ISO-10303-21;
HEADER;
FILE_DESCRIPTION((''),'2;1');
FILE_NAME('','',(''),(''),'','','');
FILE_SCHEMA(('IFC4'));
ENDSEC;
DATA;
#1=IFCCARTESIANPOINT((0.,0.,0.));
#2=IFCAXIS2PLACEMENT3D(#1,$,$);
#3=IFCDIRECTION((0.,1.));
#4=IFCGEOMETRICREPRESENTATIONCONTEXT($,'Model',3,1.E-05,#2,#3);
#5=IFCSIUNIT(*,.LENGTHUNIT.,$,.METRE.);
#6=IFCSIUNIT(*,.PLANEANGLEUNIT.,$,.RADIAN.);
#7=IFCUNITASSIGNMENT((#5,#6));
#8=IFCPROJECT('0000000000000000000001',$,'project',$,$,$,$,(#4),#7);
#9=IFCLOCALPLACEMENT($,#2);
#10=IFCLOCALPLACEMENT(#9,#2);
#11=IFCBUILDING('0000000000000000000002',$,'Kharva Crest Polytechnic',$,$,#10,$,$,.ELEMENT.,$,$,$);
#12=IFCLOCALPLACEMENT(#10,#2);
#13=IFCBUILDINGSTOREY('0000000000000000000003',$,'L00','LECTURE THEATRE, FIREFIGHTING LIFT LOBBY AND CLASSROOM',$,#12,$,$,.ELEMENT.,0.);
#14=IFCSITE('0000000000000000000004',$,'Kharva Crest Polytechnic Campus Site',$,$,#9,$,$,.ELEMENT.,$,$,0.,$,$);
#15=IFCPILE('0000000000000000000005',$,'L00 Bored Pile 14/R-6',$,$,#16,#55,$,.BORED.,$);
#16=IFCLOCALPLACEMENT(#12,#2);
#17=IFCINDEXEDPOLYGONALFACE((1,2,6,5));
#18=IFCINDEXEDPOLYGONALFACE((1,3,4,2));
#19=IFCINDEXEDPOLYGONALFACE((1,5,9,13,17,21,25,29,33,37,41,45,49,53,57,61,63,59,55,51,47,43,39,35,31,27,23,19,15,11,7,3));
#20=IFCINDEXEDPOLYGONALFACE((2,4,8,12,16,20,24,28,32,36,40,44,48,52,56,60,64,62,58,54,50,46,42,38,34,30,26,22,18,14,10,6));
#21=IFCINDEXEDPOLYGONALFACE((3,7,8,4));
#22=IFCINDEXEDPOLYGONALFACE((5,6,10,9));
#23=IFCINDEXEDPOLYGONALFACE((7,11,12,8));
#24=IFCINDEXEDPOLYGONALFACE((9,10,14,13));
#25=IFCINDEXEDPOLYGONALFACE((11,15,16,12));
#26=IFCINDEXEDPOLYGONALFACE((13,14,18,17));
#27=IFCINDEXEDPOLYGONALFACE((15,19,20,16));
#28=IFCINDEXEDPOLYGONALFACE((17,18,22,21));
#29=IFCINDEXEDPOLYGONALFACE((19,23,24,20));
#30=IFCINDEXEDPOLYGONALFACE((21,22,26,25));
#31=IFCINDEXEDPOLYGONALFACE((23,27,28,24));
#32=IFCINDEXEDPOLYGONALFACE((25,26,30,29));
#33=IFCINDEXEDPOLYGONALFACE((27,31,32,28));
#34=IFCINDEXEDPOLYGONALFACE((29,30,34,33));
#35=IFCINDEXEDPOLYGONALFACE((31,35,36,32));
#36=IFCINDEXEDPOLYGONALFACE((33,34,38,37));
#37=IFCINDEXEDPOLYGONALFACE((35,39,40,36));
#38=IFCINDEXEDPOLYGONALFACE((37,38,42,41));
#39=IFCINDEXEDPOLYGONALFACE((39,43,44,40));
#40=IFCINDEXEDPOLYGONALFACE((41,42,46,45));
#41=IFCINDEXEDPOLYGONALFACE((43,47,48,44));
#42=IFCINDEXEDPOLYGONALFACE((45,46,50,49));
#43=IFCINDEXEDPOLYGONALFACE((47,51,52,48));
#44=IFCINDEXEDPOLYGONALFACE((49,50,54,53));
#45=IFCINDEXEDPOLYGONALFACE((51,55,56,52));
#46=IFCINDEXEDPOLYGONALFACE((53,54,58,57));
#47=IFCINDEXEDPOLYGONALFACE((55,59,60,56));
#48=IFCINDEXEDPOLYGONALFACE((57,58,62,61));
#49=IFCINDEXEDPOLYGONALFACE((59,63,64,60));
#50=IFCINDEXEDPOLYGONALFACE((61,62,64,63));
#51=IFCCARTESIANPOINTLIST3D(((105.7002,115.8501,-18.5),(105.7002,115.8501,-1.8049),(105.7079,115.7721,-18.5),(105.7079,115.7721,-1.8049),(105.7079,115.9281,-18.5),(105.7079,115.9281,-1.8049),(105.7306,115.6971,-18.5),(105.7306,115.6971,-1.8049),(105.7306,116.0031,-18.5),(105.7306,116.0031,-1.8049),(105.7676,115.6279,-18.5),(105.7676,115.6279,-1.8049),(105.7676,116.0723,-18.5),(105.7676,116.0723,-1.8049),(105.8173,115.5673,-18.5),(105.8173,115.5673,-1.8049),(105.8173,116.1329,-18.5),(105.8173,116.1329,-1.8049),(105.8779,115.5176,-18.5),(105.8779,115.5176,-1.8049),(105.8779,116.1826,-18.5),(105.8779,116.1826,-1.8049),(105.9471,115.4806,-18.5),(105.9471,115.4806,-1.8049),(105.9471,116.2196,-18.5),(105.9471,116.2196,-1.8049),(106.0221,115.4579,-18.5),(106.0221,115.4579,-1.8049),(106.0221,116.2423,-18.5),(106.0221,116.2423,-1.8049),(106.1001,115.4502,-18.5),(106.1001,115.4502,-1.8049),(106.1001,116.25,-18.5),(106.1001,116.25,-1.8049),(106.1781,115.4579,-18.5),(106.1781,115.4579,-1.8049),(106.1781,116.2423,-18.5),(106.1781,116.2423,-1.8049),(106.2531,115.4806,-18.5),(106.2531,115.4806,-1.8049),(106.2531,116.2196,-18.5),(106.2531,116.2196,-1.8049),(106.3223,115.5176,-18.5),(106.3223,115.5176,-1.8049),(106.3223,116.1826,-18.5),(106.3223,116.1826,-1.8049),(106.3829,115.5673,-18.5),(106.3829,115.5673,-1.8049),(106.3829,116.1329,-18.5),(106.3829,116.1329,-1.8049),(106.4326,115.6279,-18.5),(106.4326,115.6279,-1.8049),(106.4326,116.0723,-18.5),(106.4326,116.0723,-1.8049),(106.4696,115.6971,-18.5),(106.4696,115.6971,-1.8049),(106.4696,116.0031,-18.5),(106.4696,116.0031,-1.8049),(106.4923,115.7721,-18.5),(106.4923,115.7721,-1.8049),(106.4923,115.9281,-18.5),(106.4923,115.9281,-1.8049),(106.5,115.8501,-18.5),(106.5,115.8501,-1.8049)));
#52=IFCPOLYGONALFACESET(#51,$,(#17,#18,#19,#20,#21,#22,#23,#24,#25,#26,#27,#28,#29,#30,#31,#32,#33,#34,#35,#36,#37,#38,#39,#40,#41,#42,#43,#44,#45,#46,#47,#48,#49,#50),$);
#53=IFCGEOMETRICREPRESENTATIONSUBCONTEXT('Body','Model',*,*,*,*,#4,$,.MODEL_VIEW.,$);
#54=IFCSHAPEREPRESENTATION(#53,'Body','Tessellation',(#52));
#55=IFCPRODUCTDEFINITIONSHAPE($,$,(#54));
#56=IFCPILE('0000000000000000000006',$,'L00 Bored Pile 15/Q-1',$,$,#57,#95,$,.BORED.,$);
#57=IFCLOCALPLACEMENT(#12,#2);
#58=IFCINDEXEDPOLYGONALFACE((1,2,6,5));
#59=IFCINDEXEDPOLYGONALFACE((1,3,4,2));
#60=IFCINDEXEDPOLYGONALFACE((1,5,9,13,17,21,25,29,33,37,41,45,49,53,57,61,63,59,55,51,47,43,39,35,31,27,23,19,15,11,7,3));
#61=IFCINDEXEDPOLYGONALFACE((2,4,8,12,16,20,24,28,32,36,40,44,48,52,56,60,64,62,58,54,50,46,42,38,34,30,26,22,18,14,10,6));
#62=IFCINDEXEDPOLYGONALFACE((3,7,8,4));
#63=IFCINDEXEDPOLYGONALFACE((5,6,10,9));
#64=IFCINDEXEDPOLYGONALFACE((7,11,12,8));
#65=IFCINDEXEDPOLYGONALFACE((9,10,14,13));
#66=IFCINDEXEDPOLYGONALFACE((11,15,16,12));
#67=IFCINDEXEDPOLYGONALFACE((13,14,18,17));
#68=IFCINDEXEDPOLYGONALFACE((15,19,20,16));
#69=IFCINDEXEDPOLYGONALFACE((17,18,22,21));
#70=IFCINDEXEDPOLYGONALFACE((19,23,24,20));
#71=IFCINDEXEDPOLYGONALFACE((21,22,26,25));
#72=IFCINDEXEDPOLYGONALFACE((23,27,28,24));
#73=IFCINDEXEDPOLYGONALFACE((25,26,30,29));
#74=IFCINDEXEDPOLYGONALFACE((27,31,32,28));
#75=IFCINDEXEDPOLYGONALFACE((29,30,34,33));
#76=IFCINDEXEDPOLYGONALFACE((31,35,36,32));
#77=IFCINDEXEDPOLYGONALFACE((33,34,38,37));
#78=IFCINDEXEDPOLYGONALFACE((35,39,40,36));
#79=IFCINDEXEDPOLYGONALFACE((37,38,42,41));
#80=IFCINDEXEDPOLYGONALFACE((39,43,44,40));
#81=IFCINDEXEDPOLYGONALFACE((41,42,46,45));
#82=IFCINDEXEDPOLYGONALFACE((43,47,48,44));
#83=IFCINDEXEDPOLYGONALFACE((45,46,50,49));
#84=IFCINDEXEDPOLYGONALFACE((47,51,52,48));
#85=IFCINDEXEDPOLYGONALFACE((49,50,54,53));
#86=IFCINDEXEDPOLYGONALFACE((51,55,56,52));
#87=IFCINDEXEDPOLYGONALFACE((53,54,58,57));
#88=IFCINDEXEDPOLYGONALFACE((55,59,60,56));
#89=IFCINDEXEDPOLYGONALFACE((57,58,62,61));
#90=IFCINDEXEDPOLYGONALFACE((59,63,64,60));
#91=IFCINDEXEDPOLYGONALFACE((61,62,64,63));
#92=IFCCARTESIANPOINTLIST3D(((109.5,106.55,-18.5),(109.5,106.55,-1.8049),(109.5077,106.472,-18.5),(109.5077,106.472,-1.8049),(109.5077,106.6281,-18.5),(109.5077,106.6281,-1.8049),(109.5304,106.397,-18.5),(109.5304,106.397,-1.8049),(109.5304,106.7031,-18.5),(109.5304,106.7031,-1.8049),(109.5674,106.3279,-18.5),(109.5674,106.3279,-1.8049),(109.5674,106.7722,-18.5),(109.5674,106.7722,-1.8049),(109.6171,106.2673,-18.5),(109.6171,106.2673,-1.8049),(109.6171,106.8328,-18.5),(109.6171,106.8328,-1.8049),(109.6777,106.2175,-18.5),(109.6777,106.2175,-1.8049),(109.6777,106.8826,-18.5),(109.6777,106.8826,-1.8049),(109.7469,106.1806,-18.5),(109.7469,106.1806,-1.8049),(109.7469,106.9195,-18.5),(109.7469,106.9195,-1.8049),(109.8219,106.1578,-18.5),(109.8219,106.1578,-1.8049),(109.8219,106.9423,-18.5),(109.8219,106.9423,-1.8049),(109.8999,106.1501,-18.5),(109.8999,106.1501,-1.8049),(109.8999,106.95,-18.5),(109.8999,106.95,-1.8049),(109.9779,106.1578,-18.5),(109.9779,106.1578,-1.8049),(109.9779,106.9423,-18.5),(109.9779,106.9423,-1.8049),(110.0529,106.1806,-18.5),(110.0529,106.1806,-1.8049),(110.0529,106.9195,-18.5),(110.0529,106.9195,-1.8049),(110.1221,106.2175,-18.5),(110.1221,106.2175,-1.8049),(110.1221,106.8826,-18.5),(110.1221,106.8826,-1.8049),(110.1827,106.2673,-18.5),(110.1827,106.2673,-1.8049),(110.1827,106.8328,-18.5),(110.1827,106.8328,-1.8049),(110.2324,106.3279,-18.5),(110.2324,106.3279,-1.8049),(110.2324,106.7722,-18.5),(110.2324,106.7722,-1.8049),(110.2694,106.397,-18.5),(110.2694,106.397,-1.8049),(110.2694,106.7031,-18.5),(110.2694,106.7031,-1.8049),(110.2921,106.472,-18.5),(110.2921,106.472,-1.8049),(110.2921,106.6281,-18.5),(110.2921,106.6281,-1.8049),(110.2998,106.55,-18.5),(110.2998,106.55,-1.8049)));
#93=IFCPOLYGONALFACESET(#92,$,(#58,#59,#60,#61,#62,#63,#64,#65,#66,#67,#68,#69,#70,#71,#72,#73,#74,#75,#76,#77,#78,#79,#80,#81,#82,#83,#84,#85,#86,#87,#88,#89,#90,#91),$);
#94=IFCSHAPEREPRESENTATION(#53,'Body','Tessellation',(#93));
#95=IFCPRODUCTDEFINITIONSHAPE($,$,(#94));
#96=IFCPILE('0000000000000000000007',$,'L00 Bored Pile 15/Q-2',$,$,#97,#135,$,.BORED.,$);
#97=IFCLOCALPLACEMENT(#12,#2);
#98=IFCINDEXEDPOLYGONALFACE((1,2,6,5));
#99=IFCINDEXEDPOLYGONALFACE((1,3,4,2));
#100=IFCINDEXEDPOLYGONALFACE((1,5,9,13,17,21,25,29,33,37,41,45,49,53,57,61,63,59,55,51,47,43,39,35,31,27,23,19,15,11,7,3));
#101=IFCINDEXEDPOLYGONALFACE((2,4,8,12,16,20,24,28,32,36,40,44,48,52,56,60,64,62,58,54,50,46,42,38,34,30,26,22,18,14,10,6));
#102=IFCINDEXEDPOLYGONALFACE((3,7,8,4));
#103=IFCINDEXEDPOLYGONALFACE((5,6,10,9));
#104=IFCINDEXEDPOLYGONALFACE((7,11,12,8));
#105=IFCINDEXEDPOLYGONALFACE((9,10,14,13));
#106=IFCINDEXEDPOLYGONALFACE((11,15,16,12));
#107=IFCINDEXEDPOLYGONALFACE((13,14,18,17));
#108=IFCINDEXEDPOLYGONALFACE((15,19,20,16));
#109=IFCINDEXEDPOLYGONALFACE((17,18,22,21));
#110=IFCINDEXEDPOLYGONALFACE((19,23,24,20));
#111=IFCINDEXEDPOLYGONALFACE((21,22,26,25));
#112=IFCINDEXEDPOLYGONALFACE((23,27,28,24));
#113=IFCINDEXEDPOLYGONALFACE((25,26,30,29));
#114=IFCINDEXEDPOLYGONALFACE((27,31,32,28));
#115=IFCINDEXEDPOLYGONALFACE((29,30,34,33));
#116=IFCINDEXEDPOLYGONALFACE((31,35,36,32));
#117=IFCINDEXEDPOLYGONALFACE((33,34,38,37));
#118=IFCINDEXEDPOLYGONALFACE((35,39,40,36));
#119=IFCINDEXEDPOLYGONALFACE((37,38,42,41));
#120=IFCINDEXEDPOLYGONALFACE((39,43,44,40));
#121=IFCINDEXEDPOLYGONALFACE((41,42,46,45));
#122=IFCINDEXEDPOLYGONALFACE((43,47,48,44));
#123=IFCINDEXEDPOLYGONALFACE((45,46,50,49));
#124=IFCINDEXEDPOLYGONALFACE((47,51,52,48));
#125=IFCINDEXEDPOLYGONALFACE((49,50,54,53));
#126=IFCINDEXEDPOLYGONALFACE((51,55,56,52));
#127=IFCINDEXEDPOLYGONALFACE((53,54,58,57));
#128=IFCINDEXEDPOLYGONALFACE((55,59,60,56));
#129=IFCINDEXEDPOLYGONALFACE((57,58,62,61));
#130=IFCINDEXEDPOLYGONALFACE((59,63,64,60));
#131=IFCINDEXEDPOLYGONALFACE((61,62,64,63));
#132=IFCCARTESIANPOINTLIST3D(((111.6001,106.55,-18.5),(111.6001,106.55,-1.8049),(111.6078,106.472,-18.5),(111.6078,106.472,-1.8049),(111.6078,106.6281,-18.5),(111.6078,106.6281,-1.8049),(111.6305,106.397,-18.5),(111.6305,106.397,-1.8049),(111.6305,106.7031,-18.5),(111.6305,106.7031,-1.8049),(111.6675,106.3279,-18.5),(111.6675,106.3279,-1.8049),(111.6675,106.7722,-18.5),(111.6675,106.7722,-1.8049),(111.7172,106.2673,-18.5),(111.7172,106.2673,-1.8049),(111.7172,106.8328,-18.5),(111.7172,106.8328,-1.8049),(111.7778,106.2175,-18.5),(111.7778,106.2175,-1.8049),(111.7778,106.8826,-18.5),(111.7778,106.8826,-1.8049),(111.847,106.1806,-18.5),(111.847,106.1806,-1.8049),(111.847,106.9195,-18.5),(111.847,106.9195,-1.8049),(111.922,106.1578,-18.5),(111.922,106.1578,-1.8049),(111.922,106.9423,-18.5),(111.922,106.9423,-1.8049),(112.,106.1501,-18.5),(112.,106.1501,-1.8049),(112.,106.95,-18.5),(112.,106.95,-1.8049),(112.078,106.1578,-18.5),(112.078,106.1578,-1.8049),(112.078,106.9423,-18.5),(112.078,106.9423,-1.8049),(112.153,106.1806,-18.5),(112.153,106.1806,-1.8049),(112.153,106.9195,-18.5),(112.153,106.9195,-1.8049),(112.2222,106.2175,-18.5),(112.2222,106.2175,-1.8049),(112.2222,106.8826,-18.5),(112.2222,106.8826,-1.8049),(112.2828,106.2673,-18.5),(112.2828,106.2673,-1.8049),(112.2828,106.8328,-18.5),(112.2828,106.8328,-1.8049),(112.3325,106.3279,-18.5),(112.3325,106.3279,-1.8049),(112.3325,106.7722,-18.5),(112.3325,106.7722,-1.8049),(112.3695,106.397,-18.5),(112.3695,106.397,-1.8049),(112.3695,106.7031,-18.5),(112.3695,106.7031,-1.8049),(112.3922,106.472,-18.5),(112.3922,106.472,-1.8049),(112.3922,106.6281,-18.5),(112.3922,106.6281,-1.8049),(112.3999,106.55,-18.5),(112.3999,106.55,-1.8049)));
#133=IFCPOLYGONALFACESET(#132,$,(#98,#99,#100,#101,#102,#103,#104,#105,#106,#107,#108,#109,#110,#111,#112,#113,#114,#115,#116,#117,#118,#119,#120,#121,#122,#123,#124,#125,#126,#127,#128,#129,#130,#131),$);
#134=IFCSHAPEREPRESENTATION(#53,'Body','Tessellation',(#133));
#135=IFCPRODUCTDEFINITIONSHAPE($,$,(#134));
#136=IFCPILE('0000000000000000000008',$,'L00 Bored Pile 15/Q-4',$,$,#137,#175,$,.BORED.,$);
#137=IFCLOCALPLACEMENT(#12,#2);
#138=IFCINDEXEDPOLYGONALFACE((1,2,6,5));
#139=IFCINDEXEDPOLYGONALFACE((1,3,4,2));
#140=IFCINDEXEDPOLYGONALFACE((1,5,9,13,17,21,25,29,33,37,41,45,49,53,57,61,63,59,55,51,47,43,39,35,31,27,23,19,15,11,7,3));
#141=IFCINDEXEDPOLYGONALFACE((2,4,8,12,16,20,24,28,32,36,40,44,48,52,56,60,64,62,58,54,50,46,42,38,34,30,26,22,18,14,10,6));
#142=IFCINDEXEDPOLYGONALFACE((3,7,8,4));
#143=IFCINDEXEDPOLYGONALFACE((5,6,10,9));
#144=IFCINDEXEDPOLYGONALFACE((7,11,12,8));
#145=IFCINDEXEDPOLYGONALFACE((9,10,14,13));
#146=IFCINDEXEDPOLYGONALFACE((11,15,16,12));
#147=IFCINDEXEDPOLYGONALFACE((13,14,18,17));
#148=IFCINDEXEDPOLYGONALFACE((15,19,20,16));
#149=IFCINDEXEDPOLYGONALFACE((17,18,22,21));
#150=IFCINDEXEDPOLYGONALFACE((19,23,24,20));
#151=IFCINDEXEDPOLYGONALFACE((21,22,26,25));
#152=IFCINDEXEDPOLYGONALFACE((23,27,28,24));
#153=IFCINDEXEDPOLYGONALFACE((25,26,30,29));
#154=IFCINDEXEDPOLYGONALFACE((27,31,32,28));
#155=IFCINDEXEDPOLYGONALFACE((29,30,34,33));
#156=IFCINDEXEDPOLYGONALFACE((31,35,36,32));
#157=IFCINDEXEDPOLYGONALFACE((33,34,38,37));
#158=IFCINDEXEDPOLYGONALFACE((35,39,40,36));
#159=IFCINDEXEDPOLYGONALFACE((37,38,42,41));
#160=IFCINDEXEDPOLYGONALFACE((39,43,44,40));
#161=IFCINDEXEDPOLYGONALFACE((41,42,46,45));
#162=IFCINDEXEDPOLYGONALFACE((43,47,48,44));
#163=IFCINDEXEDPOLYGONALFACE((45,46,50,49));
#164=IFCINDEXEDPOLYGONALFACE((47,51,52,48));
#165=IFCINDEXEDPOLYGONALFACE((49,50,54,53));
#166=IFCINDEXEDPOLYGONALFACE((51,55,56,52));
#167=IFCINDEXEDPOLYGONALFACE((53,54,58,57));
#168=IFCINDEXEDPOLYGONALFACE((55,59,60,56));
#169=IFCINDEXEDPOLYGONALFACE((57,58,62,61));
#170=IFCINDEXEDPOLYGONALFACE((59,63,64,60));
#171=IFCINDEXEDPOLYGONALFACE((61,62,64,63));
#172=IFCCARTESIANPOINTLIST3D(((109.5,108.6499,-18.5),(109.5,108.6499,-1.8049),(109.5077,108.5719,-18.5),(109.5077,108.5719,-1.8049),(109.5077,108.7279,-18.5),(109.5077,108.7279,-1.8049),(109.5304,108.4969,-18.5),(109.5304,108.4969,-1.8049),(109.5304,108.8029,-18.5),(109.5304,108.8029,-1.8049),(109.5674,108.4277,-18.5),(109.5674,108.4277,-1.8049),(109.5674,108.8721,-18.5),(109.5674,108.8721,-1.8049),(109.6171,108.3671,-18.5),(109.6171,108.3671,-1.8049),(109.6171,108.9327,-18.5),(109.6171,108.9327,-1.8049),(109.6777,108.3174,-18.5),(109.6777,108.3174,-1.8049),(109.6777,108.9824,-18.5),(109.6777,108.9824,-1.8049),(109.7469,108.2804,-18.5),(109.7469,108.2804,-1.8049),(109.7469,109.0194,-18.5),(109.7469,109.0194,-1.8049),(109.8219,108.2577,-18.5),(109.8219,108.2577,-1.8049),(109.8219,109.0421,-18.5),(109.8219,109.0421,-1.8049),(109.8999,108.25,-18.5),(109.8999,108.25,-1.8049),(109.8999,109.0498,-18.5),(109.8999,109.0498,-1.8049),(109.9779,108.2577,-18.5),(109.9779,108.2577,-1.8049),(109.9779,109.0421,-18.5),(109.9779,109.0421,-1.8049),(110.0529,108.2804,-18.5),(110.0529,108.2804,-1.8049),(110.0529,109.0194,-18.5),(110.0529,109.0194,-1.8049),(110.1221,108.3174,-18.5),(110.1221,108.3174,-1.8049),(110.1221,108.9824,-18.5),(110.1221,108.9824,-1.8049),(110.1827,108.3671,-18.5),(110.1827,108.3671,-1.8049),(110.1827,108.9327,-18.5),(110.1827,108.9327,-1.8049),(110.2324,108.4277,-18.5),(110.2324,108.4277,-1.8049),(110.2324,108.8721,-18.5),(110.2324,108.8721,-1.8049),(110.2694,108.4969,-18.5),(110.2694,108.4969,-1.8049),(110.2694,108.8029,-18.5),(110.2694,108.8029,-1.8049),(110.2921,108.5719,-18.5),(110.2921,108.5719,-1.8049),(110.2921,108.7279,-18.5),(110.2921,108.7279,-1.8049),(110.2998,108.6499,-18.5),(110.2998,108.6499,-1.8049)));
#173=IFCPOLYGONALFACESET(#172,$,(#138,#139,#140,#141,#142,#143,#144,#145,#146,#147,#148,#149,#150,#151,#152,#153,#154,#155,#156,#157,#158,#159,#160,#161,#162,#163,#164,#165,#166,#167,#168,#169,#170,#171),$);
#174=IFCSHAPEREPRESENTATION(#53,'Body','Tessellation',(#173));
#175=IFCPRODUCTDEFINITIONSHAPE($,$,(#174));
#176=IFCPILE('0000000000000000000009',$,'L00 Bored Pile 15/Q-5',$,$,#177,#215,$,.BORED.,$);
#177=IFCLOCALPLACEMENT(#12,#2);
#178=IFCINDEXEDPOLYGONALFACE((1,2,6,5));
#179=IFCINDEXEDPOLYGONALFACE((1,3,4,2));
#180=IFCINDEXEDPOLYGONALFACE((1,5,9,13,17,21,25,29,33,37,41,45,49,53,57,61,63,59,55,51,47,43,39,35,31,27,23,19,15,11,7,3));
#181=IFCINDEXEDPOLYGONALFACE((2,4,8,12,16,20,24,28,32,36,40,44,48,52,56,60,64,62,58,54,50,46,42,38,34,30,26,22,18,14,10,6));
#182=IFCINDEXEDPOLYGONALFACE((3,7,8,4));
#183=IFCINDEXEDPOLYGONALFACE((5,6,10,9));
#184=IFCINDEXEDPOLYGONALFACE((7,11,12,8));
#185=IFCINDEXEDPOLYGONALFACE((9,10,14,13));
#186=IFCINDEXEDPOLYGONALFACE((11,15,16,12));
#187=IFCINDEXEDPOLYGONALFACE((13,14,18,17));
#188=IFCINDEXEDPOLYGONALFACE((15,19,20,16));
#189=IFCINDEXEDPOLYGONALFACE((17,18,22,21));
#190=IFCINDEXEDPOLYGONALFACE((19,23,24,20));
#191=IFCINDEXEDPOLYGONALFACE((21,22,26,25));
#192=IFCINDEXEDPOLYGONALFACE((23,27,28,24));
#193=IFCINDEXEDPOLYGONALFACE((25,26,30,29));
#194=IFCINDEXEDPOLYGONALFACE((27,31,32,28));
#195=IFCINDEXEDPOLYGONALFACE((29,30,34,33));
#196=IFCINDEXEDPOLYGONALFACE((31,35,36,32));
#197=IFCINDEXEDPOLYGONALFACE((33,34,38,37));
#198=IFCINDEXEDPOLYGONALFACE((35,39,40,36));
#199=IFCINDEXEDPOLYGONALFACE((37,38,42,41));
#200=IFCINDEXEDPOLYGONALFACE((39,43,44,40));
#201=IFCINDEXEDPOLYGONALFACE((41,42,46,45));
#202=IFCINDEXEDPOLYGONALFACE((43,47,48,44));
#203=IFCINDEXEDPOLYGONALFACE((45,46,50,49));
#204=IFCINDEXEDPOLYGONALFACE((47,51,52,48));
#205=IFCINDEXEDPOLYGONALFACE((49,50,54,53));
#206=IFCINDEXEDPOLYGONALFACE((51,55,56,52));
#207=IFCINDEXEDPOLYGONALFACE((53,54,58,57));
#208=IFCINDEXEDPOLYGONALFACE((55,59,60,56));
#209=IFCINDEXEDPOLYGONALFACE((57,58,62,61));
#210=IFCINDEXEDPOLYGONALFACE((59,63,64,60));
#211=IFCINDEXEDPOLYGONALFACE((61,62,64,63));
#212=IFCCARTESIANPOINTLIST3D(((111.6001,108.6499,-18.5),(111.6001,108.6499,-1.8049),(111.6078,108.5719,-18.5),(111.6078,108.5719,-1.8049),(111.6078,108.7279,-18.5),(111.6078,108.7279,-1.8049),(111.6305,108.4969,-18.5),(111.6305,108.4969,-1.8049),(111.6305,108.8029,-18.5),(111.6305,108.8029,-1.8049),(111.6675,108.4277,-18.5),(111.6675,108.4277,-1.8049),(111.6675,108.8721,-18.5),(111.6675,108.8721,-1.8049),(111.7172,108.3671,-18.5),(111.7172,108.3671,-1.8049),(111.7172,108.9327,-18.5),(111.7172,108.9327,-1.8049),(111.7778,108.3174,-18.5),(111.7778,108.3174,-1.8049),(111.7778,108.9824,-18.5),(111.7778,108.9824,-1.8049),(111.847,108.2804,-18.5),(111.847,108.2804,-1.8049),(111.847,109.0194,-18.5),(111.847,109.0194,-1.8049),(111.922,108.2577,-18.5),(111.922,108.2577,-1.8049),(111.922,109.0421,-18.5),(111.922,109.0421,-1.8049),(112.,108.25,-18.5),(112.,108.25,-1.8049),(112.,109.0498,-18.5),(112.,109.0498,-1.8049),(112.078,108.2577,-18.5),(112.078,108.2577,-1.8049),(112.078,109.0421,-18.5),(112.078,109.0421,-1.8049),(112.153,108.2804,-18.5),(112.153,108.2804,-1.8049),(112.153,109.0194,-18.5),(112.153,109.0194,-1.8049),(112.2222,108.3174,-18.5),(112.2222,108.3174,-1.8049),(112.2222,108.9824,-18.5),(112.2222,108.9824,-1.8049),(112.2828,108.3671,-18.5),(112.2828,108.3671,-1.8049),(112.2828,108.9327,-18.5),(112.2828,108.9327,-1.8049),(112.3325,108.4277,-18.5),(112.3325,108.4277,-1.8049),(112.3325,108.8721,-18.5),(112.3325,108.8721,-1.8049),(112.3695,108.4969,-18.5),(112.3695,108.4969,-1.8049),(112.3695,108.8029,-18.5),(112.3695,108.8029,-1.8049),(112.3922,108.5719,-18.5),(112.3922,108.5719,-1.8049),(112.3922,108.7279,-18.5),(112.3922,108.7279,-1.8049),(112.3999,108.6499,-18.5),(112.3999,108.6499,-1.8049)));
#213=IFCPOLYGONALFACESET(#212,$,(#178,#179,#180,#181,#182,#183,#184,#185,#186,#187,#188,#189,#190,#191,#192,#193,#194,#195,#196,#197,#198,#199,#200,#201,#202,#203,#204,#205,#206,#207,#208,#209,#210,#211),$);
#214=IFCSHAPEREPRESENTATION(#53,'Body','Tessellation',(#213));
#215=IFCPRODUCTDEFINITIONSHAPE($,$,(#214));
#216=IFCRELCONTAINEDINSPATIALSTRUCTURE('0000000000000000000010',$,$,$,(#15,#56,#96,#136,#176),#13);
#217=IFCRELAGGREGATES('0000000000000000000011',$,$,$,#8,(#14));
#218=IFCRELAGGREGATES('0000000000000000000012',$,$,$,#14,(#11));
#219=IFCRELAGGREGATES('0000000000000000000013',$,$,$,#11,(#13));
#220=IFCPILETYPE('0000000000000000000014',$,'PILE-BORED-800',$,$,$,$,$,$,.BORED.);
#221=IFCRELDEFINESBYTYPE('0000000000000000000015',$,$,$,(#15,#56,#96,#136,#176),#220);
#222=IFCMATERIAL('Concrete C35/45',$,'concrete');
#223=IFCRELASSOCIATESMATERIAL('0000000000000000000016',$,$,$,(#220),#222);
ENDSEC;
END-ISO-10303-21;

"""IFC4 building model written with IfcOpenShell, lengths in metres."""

from ifc_helpers import new_model, si_unit, direction, frame, origin, origin_2d, place, context, subcontext, project, spatial, circle, extrude, material, material_profile, profile_set, type_object, element, save


model = new_model("IFC4")

# Units and contexts
model_context = context("Model", 3, precision=1e-05, world=origin(), true_north=direction((0.0, 1.0)))
body_context = subcontext(model_context, "Body", "Model", "MODEL_VIEW")
ifc_project = project(units=[si_unit("LENGTHUNIT", "METRE"), si_unit("PLANEANGLEUNIT", "RADIAN")], contexts=[model_context])

# Site, building, storey
site_placement = place(None, origin())
site = spatial("IfcSite", under=ifc_project, at=site_placement, Name="Kharva Crest Polytechnic Campus Site", CompositionType="ELEMENT", RefElevation=0.0)
building_placement = place(site_placement, origin())
building = spatial("IfcBuilding", under=site, at=building_placement, Name="Kharva Crest Polytechnic", CompositionType="ELEMENT")
storey_placement = place(building_placement, origin())
storey = spatial("IfcBuildingStorey", under=building, at=storey_placement, Name="L00", Description="LECTURE THEATRE, FIREFIGHTING LIFT LOBBY AND CLASSROOM", CompositionType="ELEMENT", Elevation=0.0)

# Shared definitions
ifc_material_1 = material(Name="Concrete C35/45", Category="concrete")

# Piles
ifc_material_profile_1 = material_profile(ifc_material_1, circle(Radius=0.3999, at=origin_2d()), Name="DIA 800")
ifc_profile_set_1 = profile_set([ifc_material_profile_1], Name="Concrete C35/45")
pile_type = type_object("IfcPileType", Name="PILE-BORED-800", PredefinedType="BORED", material=ifc_profile_set_1)
for number, where, z_axis, x_axis, name in (
    (1, (106.1001, 115.8501, -1.8049), (0.0, 0.0, -1.0), (1.0, 0.0, 0.0), "L00 Bored Pile 14/R-6"),
    (2, (109.8999, 106.55, -1.8049), (0.0, 0.0, -1.0), (1.0, 0.0, 0.0), "L00 Bored Pile 15/Q-1"),
    (3, (112.0, 106.55, -1.8049), (0.0, 0.0, -1.0), (1.0, 0.0, 0.0), "L00 Bored Pile 15/Q-2"),
    (4, (109.8999, 108.6499, -1.8049), (0.0, 0.0, -1.0), (1.0, 0.0, 0.0), "L00 Bored Pile 15/Q-4"),
    (5, (112.0, 108.6499, -1.8049), (0.0, 0.0, -1.0), (1.0, 0.0, 0.0), "L00 Bored Pile 15/Q-5"),
):
    element("IfcPile", number, at=place(storey_placement, frame(where, z_axis=z_axis, x_axis=x_axis)), inside=storey, type_object=pile_type, Name=name, PredefinedType="BORED", context=body_context, shape_type="SweptSolid", body=[
        extrude(circle(Radius=0.3999, at=origin_2d()), origin(), (0.0, 0.0, 1.0), 16.6951),
    ])

save(model, "model.ifc")
